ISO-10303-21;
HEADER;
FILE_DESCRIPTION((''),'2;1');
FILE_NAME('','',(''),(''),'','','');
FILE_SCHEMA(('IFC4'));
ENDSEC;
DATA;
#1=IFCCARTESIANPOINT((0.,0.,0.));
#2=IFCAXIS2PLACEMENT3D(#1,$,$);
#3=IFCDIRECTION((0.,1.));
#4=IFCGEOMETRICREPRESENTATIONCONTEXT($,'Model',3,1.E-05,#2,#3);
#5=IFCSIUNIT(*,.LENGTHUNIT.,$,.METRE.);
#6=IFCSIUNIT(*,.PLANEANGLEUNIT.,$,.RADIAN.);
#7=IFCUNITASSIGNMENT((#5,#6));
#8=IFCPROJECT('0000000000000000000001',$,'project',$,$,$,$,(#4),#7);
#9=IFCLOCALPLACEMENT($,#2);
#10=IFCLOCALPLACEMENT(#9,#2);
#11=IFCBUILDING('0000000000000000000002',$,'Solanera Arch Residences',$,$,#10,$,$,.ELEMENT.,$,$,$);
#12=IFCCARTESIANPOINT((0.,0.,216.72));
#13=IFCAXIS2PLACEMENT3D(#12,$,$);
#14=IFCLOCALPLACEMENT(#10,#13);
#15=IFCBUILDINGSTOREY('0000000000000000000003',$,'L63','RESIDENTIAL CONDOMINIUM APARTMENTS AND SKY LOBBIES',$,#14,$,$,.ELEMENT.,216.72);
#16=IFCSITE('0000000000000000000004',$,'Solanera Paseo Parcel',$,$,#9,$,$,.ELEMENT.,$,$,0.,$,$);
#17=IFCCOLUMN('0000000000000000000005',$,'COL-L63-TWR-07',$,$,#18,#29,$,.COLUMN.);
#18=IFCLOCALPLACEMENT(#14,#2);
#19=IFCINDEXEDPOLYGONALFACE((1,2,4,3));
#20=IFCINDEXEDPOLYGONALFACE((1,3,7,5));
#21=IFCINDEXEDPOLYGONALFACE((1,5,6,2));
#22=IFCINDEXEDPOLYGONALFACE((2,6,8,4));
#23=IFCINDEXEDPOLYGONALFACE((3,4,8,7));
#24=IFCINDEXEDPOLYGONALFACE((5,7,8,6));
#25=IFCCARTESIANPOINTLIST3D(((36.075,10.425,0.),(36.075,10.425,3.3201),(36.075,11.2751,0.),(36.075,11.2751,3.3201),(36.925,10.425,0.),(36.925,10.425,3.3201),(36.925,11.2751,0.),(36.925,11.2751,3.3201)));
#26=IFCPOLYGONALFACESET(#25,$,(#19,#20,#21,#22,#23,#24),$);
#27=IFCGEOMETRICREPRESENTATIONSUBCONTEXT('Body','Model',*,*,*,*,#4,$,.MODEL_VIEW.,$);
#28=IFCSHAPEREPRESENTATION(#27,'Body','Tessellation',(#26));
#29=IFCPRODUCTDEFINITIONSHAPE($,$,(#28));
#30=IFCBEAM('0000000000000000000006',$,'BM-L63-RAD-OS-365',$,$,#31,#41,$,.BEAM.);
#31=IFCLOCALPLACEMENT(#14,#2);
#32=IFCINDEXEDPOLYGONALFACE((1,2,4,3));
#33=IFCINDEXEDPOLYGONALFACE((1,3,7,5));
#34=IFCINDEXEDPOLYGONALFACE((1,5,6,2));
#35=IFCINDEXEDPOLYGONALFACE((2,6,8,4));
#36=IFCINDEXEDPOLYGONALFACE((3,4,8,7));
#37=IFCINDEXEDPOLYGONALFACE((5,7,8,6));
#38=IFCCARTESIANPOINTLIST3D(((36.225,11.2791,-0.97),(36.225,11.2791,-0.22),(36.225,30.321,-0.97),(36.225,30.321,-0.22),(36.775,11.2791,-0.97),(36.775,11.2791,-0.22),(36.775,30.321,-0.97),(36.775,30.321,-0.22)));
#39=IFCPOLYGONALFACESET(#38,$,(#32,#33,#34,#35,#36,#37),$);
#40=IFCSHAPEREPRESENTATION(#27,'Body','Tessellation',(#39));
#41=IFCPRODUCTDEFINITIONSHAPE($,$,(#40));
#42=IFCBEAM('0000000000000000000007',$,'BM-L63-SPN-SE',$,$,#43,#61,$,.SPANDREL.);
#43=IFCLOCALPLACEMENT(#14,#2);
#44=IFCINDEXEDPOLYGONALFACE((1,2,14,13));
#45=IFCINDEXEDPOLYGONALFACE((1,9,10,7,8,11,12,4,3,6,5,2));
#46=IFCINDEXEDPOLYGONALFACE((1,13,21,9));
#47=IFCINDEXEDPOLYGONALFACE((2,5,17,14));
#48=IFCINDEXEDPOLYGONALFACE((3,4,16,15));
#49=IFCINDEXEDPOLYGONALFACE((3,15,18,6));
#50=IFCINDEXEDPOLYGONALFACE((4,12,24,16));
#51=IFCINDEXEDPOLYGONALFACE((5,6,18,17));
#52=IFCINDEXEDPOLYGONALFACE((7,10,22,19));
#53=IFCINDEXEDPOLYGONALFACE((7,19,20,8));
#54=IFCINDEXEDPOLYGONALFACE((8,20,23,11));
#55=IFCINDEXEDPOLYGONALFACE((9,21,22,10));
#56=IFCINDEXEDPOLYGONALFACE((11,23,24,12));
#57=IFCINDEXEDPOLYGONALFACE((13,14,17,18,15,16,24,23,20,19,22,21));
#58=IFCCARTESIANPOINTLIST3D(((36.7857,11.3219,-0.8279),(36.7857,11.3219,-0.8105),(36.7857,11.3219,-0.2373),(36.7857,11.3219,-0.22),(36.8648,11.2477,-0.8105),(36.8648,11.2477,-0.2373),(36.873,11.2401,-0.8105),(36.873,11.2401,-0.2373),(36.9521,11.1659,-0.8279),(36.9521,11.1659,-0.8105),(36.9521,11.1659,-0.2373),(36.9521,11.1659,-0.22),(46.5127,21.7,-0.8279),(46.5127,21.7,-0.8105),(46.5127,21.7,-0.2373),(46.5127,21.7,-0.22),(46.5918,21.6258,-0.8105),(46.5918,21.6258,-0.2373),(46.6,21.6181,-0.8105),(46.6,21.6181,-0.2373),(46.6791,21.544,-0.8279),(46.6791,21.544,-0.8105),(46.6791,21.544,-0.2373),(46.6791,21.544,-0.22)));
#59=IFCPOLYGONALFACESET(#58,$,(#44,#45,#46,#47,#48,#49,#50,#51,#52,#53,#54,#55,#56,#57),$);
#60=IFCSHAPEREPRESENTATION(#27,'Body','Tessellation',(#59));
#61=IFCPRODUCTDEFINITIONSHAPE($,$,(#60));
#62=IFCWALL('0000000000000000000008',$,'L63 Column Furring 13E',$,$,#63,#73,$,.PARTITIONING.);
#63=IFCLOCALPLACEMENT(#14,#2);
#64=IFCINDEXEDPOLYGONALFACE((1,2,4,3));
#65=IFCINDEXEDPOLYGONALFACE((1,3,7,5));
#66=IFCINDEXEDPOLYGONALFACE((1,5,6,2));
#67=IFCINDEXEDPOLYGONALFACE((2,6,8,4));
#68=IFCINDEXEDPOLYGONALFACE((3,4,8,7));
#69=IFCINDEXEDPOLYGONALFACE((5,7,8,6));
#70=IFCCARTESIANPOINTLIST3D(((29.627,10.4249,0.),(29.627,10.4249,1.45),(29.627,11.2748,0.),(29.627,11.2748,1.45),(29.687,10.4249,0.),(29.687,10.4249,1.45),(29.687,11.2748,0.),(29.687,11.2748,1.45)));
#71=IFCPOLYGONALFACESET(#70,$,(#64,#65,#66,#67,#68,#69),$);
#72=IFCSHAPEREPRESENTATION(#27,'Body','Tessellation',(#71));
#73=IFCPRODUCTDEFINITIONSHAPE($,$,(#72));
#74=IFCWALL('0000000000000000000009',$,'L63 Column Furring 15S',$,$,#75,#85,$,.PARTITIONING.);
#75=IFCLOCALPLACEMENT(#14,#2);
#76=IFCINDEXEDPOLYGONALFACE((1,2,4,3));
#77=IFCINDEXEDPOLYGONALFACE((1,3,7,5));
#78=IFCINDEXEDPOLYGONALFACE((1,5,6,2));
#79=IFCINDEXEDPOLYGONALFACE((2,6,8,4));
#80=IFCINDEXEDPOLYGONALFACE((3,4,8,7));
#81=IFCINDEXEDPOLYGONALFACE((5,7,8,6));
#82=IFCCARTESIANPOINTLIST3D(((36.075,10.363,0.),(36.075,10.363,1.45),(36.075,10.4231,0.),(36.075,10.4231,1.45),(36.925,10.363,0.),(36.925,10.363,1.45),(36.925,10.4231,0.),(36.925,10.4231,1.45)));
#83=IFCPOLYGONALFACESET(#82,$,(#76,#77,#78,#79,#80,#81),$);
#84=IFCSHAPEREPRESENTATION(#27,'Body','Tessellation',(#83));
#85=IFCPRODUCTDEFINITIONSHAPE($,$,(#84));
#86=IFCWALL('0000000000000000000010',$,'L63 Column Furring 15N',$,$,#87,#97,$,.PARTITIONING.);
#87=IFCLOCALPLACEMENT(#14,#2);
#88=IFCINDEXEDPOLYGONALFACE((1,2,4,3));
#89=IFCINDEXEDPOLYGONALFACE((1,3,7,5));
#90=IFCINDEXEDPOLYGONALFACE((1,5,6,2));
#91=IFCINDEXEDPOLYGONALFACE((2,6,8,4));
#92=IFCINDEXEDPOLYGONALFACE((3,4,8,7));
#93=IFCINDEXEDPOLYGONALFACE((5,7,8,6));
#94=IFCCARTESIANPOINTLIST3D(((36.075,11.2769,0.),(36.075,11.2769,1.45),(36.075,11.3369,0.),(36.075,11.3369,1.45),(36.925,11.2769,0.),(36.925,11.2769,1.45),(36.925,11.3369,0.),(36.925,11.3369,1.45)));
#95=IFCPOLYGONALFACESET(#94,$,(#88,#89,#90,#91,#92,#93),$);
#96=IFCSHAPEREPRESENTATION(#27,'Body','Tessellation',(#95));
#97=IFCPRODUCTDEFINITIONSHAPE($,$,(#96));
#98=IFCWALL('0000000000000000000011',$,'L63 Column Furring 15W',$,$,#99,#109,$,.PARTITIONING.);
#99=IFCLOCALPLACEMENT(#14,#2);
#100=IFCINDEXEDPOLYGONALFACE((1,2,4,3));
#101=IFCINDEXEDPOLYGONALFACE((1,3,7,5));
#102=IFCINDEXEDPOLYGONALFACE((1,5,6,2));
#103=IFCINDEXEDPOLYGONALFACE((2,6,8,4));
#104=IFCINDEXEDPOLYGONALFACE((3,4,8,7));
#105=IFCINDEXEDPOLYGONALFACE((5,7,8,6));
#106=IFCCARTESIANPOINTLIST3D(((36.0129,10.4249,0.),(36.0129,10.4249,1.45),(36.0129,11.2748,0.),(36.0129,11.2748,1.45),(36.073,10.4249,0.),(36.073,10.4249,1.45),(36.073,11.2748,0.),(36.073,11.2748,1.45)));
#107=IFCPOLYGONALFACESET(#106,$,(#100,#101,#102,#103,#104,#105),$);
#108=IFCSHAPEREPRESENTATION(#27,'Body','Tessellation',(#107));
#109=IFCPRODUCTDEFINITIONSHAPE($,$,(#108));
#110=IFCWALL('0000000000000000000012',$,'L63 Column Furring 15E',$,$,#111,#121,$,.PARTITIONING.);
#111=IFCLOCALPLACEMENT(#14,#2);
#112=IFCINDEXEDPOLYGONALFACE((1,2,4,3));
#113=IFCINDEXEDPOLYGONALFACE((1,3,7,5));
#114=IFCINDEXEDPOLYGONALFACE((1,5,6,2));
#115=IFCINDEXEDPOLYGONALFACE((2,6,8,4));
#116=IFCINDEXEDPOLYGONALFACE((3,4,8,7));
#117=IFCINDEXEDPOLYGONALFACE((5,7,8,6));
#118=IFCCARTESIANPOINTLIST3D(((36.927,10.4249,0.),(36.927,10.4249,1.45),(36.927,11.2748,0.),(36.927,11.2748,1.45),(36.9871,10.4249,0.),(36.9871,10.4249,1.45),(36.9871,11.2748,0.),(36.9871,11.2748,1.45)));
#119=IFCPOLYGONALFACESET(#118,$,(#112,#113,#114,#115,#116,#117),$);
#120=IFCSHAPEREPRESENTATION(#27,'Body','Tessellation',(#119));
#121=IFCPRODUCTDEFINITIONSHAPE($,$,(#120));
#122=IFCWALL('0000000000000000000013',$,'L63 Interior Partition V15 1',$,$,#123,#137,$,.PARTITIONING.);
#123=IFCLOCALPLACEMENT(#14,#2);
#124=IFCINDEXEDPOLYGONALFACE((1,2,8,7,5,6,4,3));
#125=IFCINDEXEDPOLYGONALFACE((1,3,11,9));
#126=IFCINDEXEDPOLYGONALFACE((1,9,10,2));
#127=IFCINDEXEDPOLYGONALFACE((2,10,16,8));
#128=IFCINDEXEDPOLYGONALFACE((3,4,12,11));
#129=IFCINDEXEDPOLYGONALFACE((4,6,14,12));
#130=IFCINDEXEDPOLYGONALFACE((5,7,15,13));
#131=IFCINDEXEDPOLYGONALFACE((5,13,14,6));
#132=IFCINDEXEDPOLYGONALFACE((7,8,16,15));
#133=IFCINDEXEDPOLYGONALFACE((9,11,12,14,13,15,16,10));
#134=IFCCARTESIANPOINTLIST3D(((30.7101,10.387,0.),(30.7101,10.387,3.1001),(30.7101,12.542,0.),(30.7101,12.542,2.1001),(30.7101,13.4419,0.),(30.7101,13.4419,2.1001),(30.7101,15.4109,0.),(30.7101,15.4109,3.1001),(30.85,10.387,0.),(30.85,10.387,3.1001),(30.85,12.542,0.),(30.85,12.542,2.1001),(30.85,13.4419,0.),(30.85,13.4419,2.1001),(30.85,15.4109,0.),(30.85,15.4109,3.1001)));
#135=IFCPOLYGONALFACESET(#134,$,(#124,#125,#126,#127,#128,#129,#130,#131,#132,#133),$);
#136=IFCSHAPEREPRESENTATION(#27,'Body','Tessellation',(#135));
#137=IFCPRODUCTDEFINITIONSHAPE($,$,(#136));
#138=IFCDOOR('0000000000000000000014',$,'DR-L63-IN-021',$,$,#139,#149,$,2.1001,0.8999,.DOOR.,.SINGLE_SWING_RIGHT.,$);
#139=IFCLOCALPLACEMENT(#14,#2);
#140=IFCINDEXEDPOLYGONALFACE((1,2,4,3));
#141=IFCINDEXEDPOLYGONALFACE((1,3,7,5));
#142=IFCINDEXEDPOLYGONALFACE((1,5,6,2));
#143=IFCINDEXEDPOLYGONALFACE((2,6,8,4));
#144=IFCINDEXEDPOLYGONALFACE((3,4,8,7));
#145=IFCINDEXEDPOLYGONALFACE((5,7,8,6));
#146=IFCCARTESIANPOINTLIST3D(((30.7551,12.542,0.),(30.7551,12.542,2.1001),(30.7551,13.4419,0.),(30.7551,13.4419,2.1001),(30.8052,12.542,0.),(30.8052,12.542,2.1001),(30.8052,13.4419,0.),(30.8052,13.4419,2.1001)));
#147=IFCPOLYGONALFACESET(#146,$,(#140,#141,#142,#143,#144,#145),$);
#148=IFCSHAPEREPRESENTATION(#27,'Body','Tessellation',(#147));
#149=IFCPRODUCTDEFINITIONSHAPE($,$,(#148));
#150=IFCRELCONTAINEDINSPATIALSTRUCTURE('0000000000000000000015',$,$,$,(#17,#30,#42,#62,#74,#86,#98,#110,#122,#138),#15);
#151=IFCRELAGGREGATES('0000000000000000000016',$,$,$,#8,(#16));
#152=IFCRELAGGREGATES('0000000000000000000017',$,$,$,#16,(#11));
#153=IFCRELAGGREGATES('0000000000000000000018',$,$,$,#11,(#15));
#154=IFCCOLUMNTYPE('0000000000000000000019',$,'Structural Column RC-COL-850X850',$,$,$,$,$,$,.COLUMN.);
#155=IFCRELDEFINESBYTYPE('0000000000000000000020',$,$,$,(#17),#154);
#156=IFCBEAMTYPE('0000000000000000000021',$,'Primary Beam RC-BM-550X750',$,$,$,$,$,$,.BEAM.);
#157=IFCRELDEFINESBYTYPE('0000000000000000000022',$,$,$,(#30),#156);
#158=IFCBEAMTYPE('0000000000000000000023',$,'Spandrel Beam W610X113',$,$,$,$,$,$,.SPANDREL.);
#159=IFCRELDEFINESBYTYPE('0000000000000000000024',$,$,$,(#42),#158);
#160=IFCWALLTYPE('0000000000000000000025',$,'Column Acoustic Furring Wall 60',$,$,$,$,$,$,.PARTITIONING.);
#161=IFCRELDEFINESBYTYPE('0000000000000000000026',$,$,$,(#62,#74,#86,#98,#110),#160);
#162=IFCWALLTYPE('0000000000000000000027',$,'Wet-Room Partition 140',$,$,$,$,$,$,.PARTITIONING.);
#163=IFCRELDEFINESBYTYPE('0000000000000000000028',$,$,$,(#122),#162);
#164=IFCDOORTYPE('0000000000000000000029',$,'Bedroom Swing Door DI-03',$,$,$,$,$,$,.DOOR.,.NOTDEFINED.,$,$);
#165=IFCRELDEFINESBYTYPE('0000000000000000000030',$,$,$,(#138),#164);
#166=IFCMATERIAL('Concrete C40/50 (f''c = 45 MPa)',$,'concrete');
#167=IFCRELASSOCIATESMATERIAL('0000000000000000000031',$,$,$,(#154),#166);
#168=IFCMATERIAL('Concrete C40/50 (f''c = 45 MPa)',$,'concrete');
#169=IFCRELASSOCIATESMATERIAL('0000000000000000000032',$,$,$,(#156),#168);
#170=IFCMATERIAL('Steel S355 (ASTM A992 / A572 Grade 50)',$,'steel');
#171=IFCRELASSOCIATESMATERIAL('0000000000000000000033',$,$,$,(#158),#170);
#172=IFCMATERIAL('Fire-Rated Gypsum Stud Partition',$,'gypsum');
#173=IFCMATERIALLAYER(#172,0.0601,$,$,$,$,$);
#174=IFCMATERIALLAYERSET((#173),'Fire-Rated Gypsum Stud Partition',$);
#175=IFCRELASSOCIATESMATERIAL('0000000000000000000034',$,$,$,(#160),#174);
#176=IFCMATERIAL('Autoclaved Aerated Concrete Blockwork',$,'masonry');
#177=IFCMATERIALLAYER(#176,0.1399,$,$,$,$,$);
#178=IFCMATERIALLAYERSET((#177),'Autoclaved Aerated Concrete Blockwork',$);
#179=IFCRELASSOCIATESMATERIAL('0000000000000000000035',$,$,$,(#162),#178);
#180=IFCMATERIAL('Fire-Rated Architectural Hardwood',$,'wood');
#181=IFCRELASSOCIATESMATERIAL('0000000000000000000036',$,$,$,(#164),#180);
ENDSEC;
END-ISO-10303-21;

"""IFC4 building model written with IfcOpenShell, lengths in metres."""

from ifc_helpers import new_model, si_unit, direction, frame, frame_2d, origin, origin_2d, place, context, subcontext, project, spatial, rectangle, i_section, extrude, material, layer, layer_set, material_profile, profile_set, type_object, element, fill, save


model = new_model("IFC4")

# Units and contexts
model_context = context("Model", 3, precision=1e-05, world=origin(), true_north=direction((0.0, 1.0)))
body_context = subcontext(model_context, "Body", "Model", "MODEL_VIEW")
ifc_project = project(units=[si_unit("LENGTHUNIT", "METRE"), si_unit("PLANEANGLEUNIT", "RADIAN")], contexts=[model_context])

# Site, building, storey
site_placement = place(None, origin())
site = spatial("IfcSite", under=ifc_project, at=site_placement, Name="Solanera Paseo Parcel", CompositionType="ELEMENT", RefElevation=0.0)
building_placement = place(site_placement, origin())
building = spatial("IfcBuilding", under=site, at=building_placement, Name="Solanera Arch Residences", CompositionType="ELEMENT")
storey_placement = place(building_placement, frame((0.0, 0.0, 216.72)))
storey = spatial("IfcBuildingStorey", under=building, at=storey_placement, Name="L63", Description="RESIDENTIAL CONDOMINIUM APARTMENTS AND SKY LOBBIES", CompositionType="ELEMENT", Elevation=216.72)

# Column
ifc_material_1 = material(Name="Concrete C40/50 (f'c = 45 MPa)", Category="concrete")
ifc_material_profile_1 = material_profile(ifc_material_1, rectangle(XDim=0.8501, YDim=0.8501, at=origin_2d()))
ifc_profile_set_1 = profile_set([ifc_material_profile_1], Name="Concrete C40/50 (f'c = 45 MPa)")
column_type = type_object("IfcColumnType", Name="Structural Column RC-COL-850X850", PredefinedType="COLUMN", material=ifc_profile_set_1)
column_placement = place(storey_placement, frame((36.5, 10.8501, 0.0), z_axis=(0.0, 0.0, 1.0), x_axis=(1.0, 0.0, 0.0)))
element("IfcColumn", 1, at=column_placement, inside=storey, type_object=column_type, Name="COL-L63-TWR-07", PredefinedType="COLUMN", context=body_context, shape_type="SweptSolid", body=[
    extrude(rectangle(XDim=0.8501, YDim=0.8501, at=origin_2d()), origin(), (0.0, 0.0, 1.0), 3.3201),
])

# Beams
ifc_material_2 = material(Name="Concrete C40/50 (f'c = 45 MPa)", Category="concrete")
ifc_material_profile_2 = material_profile(ifc_material_2, rectangle(XDim=0.55, YDim=0.75, at=origin_2d()))
ifc_profile_set_2 = profile_set([ifc_material_profile_2], Name="Concrete C40/50 (f'c = 45 MPa)")
beam_type_1 = type_object("IfcBeamType", Name="Primary Beam RC-BM-550X750", PredefinedType="BEAM", material=ifc_profile_set_2)
beam_1_placement = place(storey_placement, frame((36.5, 11.2791, -0.595), z_axis=(0.0, 1.0, 0.0), x_axis=(-1.0, 0.0, 0.0)))
element("IfcBeam", 2, at=beam_1_placement, inside=storey, type_object=beam_type_1, Name="BM-L63-RAD-OS-365", PredefinedType="BEAM", context=body_context, shape_type="SweptSolid", body=[
    extrude(rectangle(XDim=0.55, YDim=0.75, at=origin_2d()), origin(), (0.0, 0.0, 1.0), 19.042),
])
ifc_material_3 = material(Name="Steel S355 (ASTM A992 / A572 Grade 50)", Category="steel")
ifc_material_profile_3 = material_profile(ifc_material_3, i_section(OverallWidth=0.228, OverallDepth=0.6079, WebThickness=0.0112, FlangeThickness=0.0173, at=origin_2d()))
ifc_profile_set_3 = profile_set([ifc_material_profile_3], Name="Steel S355 (ASTM A992 / A572 Grade 50)")
beam_type_2 = type_object("IfcBeamType", Name="Spandrel Beam W610X113", PredefinedType="SPANDREL", material=ifc_profile_set_3)
beam_2_placement = place(storey_placement, frame((36.8689, 11.2439, -0.5239), z_axis=(0.683848, 0.729624, 0.0), x_axis=(-0.729624, 0.683848, 0.0)))
element("IfcBeam", 3, at=beam_2_placement, inside=storey, type_object=beam_type_2, Name="BM-L63-SPN-SE", PredefinedType="SPANDREL", context=body_context, shape_type="SweptSolid", body=[
    extrude(i_section(OverallWidth=0.228, OverallDepth=0.6079, WebThickness=0.0112, FlangeThickness=0.0173, at=origin_2d()), origin(), (0.0, 0.0, 1.0), 14.2239),
])

# Walls
ifc_material_4 = material(Name="Fire-Rated Gypsum Stud Partition", Category="gypsum")
ifc_layer_1 = layer(ifc_material_4, 0.0601)
ifc_layer_set_1 = layer_set([ifc_layer_1], Name="Fire-Rated Gypsum Stud Partition")
wall_type_1 = type_object("IfcWallType", Name="Column Acoustic Furring Wall 60", PredefinedType="PARTITIONING", material=ifc_layer_set_1)
wall_1_placement = place(storey_placement, frame((29.657, 10.425, 0.0), z_axis=(0.0, 0.0, 1.0), x_axis=(0.0, 1.0, 0.0)))
element("IfcWall", 4, at=wall_1_placement, inside=storey, type_object=wall_type_1, Name="L63 Column Furring 13E", PredefinedType="PARTITIONING", context=body_context, shape_type="SweptSolid", body=[
    extrude(rectangle(XDim=0.8499, YDim=0.0601, at=frame_2d((0.4248, 0.0))), origin(), (0.0, 0.0, 1.0), 1.45),
])
for number, where, z_axis, x_axis, name in (
    (5, (36.075, 10.3931, 0.0), (0.0, 0.0, 1.0), (1.0, 0.0, 0.0), "L63 Column Furring 15S"),
    (6, (36.075, 11.3069, 0.0), (0.0, 0.0, 1.0), (1.0, 0.0, 0.0), "L63 Column Furring 15N"),
):
    element("IfcWall", number, at=place(storey_placement, frame(where, z_axis=z_axis, x_axis=x_axis)), inside=storey, type_object=wall_type_1, Name=name, PredefinedType="PARTITIONING", context=body_context, shape_type="SweptSolid", body=[
        extrude(rectangle(XDim=0.8501, YDim=0.0601, at=frame_2d((0.425, 0.0))), origin(), (0.0, 0.0, 1.0), 1.45),
    ])
for number, where, z_axis, x_axis, name in (
    (7, (36.043, 10.425, 0.0), (0.0, 0.0, 1.0), (0.0, 1.0, 0.0), "L63 Column Furring 15W"),
    (8, (36.957, 10.425, 0.0), (0.0, 0.0, 1.0), (0.0, 1.0, 0.0), "L63 Column Furring 15E"),
):
    element("IfcWall", number, at=place(storey_placement, frame(where, z_axis=z_axis, x_axis=x_axis)), inside=storey, type_object=wall_type_1, Name=name, PredefinedType="PARTITIONING", context=body_context, shape_type="SweptSolid", body=[
        extrude(rectangle(XDim=0.8499, YDim=0.0601, at=frame_2d((0.4248, 0.0))), origin(), (0.0, 0.0, 1.0), 1.45),
    ])

# Wall, opening, door
ifc_material_5 = material(Name="Autoclaved Aerated Concrete Blockwork", Category="masonry")
ifc_layer_2 = layer(ifc_material_5, 0.1399)
ifc_layer_set_2 = layer_set([ifc_layer_2], Name="Autoclaved Aerated Concrete Blockwork")
wall_type_2 = type_object("IfcWallType", Name="Wet-Room Partition 140", PredefinedType="PARTITIONING", material=ifc_layer_set_2)
wall_2_placement = place(storey_placement, frame((30.78, 10.387, 0.0), z_axis=(0.0, 0.0, 1.0), x_axis=(0.0, 1.0, 0.0)))
wall_2 = element("IfcWall", 9, at=wall_2_placement, inside=storey, type_object=wall_type_2, Name="L63 Interior Partition V15 1", PredefinedType="PARTITIONING", context=body_context, shape_type="SweptSolid", body=[
    extrude(rectangle(XDim=5.0239, YDim=0.1399, at=frame_2d((2.512, 0.0))), origin(), (0.0, 0.0, 1.0), 3.1001),
])
opening_placement = place(wall_2_placement, frame((2.155, 0.0, 0.0)))
opening = element("IfcOpeningElement", 10, at=opening_placement, cuts=wall_2, PredefinedType="OPENING", context=body_context, shape_type="SweptSolid", body=[
    extrude(rectangle(XDim=0.8999, YDim=2.1001, at=frame_2d((0.45, 1.05))), frame((0.0, 0.0798, 0.0), z_axis=(0.0, -1.0, 0.0), x_axis=(1.0, 0.0, 0.0)), (0.0, 0.0, 1.0), 0.1599),
])
ifc_material_6 = material(Name="Fire-Rated Architectural Hardwood", Category="wood")
door_type = type_object("IfcDoorType", Name="Bedroom Swing Door DI-03", OperationType="NOTDEFINED", PredefinedType="DOOR", material=ifc_material_6)
door_placement = place(opening_placement, origin())
door = element("IfcDoor", 11, at=door_placement, inside=storey, type_object=door_type, Name="DR-L63-IN-021", OperationType="SINGLE_SWING_RIGHT", OverallHeight=2.1001, OverallWidth=0.8999, PredefinedType="DOOR", context=body_context, shape_type="SweptSolid", body=[
    extrude(rectangle(XDim=0.8999, YDim=2.1001, at=frame_2d((0.45, 1.05))), frame((0.0, 0.0249, 0.0), z_axis=(0.0, -1.0, 0.0), x_axis=(1.0, 0.0, 0.0)), (0.0, 0.0, 1.0), 0.05),
])
fill(opening, door)

save(model, "model.ifc")
